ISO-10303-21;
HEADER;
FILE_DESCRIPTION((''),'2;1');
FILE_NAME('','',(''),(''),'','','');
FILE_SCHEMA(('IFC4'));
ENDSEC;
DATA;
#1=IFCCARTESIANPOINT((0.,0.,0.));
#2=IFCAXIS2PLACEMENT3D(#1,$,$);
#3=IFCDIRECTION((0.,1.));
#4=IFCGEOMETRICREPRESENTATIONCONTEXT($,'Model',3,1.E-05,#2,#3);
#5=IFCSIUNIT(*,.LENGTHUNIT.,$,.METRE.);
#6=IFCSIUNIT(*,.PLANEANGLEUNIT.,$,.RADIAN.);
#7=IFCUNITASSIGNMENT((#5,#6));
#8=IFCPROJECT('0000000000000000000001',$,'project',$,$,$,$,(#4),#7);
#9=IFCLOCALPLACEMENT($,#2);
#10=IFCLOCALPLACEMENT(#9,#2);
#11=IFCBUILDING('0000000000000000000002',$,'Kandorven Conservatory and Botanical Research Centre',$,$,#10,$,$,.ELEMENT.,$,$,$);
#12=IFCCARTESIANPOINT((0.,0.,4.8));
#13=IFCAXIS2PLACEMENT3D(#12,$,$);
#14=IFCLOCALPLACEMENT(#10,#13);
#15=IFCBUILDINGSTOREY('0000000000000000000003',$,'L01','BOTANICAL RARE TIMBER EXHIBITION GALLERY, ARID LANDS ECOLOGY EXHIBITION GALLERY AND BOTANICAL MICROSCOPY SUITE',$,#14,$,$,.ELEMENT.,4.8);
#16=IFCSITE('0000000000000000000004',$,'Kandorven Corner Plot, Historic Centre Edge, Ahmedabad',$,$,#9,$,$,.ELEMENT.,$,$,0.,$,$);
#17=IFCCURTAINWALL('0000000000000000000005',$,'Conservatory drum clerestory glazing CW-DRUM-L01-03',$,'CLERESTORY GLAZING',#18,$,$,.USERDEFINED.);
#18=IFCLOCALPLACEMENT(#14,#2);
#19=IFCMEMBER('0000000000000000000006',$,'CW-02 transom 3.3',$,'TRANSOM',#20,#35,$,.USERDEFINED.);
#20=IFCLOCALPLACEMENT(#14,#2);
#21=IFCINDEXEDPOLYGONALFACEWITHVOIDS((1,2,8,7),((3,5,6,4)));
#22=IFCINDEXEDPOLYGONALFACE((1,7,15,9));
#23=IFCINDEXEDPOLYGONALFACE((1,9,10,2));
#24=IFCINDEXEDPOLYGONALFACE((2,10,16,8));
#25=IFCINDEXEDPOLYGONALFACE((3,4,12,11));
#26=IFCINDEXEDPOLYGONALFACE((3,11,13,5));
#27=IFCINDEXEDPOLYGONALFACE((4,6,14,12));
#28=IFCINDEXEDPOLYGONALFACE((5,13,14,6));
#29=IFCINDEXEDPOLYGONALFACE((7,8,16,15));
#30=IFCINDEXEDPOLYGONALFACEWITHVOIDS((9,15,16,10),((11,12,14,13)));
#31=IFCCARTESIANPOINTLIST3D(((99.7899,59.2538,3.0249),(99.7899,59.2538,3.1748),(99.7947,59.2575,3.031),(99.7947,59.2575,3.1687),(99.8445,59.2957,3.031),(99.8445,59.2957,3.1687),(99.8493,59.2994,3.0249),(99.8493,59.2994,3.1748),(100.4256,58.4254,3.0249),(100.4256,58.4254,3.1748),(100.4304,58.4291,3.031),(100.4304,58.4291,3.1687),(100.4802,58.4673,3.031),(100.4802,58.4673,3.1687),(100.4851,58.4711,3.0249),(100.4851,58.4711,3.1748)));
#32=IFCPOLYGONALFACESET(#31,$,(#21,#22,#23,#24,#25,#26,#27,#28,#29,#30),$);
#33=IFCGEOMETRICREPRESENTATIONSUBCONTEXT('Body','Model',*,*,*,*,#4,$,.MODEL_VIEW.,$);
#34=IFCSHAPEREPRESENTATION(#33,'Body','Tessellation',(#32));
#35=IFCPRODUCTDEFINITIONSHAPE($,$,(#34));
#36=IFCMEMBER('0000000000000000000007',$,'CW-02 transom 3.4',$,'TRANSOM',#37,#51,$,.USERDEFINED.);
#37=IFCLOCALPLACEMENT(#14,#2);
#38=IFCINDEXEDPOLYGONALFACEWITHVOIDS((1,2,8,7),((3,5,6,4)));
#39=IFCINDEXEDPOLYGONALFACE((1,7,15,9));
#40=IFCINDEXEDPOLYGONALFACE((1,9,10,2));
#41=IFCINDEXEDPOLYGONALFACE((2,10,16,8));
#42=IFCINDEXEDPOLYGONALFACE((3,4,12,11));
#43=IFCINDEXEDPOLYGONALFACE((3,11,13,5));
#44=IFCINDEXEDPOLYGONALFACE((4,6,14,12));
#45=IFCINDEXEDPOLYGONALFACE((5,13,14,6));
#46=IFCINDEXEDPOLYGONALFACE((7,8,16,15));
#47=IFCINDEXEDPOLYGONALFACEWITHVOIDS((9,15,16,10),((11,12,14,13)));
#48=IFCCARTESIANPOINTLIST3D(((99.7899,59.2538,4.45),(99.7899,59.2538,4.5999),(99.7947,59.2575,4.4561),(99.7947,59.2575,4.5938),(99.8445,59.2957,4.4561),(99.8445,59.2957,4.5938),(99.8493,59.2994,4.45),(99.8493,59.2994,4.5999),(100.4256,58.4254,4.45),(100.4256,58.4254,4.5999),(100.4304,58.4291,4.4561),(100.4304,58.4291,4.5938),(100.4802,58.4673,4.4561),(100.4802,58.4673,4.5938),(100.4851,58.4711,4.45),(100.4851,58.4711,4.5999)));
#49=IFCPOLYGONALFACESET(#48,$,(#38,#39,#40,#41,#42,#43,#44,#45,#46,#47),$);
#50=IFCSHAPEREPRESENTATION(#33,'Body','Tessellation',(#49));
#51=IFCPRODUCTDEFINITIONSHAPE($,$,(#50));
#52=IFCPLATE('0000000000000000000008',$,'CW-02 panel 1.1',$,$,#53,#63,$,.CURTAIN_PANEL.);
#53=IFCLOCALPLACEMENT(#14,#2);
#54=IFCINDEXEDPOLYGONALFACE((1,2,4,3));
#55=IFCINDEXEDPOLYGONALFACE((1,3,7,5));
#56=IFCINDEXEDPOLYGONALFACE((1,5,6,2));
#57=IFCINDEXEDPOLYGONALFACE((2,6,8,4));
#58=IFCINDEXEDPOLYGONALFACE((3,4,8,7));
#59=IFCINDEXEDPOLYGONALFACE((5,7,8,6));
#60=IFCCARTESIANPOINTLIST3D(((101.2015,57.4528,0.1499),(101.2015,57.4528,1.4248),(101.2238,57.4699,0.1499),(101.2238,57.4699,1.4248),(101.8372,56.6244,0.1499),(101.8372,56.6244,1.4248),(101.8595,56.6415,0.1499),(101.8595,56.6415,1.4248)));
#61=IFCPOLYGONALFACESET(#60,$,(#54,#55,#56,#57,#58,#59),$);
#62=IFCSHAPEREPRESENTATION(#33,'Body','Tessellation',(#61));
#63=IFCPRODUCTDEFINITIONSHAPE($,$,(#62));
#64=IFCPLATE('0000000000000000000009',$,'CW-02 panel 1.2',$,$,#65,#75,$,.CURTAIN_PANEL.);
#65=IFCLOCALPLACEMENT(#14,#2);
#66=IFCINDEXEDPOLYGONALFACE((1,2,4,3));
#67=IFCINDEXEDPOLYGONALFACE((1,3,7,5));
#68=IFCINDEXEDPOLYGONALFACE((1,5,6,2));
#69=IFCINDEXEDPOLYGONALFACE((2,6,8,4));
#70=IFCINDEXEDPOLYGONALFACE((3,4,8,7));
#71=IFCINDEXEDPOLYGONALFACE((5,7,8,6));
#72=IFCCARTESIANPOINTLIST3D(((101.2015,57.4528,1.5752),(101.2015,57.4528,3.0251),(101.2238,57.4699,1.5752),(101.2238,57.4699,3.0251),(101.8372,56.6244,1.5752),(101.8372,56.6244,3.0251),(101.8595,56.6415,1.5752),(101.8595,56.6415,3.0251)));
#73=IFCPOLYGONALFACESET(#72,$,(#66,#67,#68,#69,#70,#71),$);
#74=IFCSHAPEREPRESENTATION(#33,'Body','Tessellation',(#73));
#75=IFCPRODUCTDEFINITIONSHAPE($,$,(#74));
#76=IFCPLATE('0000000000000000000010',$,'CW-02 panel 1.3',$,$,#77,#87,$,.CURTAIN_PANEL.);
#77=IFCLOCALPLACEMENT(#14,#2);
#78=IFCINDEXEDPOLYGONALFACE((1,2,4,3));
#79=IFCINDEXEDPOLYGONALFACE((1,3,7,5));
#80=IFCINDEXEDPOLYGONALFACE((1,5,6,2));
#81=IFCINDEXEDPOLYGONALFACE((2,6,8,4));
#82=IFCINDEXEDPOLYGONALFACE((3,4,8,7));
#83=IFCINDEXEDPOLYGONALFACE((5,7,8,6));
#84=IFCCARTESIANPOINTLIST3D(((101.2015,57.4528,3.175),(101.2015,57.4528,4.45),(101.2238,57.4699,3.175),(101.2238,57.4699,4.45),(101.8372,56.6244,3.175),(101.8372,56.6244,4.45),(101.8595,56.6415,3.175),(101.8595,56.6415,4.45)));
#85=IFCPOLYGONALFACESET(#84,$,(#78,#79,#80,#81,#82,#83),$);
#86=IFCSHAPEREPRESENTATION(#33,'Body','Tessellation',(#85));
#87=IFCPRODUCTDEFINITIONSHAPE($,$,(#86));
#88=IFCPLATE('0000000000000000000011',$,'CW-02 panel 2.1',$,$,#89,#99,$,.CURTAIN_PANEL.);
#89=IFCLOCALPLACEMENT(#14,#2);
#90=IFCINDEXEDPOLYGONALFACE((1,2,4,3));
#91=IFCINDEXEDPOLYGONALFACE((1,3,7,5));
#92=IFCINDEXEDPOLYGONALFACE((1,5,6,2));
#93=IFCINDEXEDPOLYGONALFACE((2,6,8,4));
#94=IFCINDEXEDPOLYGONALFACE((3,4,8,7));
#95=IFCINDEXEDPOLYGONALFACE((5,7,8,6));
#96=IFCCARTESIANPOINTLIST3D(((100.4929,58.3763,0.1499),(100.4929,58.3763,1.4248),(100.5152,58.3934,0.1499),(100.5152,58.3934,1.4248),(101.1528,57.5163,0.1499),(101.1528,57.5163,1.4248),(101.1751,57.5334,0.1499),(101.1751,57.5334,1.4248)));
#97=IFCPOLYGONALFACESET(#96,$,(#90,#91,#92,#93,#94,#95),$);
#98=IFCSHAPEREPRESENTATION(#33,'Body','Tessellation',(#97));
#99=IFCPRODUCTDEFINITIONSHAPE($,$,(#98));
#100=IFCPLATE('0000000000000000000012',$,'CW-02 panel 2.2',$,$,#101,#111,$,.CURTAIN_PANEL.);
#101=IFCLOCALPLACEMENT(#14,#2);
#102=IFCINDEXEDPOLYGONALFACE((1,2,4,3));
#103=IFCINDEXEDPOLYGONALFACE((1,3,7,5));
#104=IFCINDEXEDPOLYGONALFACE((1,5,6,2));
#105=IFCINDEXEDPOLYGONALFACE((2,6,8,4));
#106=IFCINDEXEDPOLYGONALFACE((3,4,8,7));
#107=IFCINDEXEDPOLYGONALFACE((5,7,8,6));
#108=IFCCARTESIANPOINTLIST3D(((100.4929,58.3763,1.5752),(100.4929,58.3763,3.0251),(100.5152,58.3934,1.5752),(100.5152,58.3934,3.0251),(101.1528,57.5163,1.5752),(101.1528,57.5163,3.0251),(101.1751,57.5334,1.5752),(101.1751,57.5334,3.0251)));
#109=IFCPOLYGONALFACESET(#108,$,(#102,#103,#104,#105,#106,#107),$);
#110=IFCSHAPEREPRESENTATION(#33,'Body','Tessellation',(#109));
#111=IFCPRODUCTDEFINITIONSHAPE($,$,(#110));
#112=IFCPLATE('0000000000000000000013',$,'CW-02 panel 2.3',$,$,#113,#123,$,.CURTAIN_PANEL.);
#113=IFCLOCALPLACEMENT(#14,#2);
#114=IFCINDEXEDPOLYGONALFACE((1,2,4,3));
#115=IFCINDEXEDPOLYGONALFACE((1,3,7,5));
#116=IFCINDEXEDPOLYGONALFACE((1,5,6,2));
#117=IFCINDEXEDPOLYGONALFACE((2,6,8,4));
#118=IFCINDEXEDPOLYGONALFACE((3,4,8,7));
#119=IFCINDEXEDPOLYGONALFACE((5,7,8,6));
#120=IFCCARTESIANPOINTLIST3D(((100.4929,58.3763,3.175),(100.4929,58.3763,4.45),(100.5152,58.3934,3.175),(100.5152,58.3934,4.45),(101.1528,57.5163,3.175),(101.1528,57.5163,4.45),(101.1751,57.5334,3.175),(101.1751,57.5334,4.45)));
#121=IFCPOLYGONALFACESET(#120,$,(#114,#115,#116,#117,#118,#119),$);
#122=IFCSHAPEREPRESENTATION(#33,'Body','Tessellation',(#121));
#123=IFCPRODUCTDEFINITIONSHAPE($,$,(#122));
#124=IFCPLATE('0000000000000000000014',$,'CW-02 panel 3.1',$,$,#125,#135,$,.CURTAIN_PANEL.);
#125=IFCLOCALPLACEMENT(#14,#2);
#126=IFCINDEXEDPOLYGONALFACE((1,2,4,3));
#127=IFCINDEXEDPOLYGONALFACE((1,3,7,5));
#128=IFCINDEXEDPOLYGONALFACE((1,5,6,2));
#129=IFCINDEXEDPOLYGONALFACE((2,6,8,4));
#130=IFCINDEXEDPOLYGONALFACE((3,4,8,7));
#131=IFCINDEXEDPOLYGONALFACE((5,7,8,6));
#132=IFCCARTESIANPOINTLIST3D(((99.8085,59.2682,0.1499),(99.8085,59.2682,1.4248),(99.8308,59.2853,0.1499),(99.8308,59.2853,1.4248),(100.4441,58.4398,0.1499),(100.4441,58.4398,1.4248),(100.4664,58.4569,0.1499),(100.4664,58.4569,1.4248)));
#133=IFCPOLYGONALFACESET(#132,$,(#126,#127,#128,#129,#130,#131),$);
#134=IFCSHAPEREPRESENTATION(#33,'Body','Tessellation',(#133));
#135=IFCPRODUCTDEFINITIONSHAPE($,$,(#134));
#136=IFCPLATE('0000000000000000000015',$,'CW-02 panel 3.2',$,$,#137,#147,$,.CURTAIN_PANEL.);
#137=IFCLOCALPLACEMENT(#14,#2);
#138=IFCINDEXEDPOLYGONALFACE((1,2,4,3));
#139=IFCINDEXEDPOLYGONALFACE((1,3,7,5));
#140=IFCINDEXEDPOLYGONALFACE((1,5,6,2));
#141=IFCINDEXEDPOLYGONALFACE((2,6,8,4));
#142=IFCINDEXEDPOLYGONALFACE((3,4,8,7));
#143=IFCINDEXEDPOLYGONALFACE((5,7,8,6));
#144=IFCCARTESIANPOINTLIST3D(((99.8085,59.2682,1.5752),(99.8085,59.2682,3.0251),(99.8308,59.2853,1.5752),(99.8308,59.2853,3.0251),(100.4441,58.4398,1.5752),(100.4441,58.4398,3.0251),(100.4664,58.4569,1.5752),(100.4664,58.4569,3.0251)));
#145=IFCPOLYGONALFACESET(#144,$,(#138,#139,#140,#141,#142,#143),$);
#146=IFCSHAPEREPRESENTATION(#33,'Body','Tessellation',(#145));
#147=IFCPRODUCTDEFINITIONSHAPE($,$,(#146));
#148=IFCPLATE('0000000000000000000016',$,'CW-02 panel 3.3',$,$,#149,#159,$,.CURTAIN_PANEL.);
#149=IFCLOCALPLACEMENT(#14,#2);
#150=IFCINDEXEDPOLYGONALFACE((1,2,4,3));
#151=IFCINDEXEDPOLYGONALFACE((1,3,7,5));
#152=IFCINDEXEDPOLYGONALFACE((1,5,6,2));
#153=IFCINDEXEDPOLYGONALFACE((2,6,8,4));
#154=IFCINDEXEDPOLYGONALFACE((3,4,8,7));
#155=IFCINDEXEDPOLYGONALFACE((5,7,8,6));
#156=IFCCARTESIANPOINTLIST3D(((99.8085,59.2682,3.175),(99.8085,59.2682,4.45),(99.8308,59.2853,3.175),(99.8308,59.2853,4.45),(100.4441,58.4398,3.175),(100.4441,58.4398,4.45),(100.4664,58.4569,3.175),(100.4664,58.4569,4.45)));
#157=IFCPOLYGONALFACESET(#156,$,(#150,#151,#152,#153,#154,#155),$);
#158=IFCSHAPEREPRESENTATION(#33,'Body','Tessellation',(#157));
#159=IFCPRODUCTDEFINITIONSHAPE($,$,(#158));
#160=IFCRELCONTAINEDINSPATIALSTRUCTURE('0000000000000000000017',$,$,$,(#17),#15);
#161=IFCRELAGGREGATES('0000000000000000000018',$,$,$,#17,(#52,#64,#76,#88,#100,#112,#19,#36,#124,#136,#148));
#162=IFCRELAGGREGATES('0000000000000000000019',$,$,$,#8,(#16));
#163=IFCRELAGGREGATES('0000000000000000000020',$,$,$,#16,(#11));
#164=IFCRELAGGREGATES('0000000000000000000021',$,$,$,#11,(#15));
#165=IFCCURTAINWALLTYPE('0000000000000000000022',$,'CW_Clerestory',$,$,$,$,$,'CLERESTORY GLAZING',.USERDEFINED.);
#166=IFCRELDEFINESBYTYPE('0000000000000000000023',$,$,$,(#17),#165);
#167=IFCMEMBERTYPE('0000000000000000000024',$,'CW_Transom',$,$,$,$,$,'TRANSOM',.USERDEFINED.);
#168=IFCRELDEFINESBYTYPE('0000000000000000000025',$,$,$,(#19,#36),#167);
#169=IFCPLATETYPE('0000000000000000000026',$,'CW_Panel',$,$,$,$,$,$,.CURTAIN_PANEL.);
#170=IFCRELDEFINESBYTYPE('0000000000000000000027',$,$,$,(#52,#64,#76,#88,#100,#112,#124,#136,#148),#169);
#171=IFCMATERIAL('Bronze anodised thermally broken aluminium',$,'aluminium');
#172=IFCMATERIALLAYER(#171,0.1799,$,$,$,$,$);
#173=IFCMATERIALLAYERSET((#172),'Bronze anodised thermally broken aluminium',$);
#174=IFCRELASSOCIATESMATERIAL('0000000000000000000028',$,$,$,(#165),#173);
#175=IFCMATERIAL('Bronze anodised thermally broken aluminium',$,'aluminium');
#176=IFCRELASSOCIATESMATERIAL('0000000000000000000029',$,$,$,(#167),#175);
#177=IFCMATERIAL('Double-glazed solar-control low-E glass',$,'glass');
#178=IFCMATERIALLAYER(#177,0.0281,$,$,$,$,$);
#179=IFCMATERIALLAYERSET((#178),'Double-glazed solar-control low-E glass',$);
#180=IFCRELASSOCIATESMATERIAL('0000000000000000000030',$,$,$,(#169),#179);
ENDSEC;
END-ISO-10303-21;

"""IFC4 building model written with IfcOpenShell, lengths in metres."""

from ifc_helpers import new_model, si_unit, direction, frame, origin, origin_2d, place, context, subcontext, project, spatial, rectangle, hollow_rectangle, extrude, material, layer, layer_set, material_profile, profile_set, type_object, element, aggregate, save


model = new_model("IFC4")

# Units and contexts
model_context = context("Model", 3, precision=1e-05, world=origin(), true_north=direction((0.0, 1.0)))
body_context = subcontext(model_context, "Body", "Model", "MODEL_VIEW")
ifc_project = project(units=[si_unit("LENGTHUNIT", "METRE"), si_unit("PLANEANGLEUNIT", "RADIAN")], contexts=[model_context])

# Site, building, storey
site_placement = place(None, origin())
site = spatial("IfcSite", under=ifc_project, at=site_placement, Name="Kandorven Corner Plot, Historic Centre Edge, Ahmedabad", CompositionType="ELEMENT", RefElevation=0.0)
building_placement = place(site_placement, origin())
building = spatial("IfcBuilding", under=site, at=building_placement, Name="Kandorven Conservatory and Botanical Research Centre", CompositionType="ELEMENT")
storey_placement = place(building_placement, frame((0.0, 0.0, 4.8)))
storey = spatial("IfcBuildingStorey", under=building, at=storey_placement, Name="L01", Description="BOTANICAL RARE TIMBER EXHIBITION GALLERY, ARID LANDS ECOLOGY EXHIBITION GALLERY AND BOTANICAL MICROSCOPY SUITE", CompositionType="ELEMENT", Elevation=4.8)

# Curtain wall
ifc_material_1 = material(Name="Bronze anodised thermally broken aluminium", Category="aluminium")
ifc_layer_1 = layer(ifc_material_1, 0.1799)
ifc_layer_set_1 = layer_set([ifc_layer_1], Name="Bronze anodised thermally broken aluminium")
curtain_wall_type = type_object("IfcCurtainWallType", Name="CW_Clerestory", ElementType="CLERESTORY GLAZING", PredefinedType="USERDEFINED", material=ifc_layer_set_1)
curtain_wall_1_placement = place(storey_placement, origin())
curtain_wall_1 = element("IfcCurtainWall", 1, at=curtain_wall_1_placement, inside=storey, type_object=curtain_wall_type, Name="Conservatory drum clerestory glazing CW-DRUM-L01-03", ObjectType="CLERESTORY GLAZING", PredefinedType="USERDEFINED")

# Members
ifc_material_2 = material(Name="Bronze anodised thermally broken aluminium", Category="aluminium")
ifc_material_profile_1 = material_profile(ifc_material_2, hollow_rectangle(XDim=0.075, YDim=0.1499, WallThickness=0.0061, at=origin_2d()))
ifc_profile_set_1 = profile_set([ifc_material_profile_1], Name="Bronze anodised thermally broken aluminium")
member_type_1 = type_object("IfcMemberType", Name="CW_Transom", ElementType="TRANSOM", PredefinedType="USERDEFINED", material=ifc_profile_set_1)
member_1_placement = place(storey_placement, frame((100.4553, 58.4482, 3.0999), z_axis=(-0.608829, 0.793301, 0.0), x_axis=(-0.793301, -0.608829, 0.0)))
member_1 = element("IfcMember", 2, at=member_1_placement, type_object=member_type_1, Name="CW-02 transom 3.3", ObjectType="TRANSOM", PredefinedType="USERDEFINED", context=body_context, shape_type="SweptSolid", body=[
    extrude(hollow_rectangle(XDim=0.075, YDim=0.1499, WallThickness=0.0061, at=origin_2d()), origin(), (0.0, 0.0, 1.0), 1.0442),
])
member_2_placement = place(storey_placement, frame((100.4553, 58.4482, 4.5249), z_axis=(-0.608829, 0.793301, 0.0), x_axis=(-0.793301, -0.608829, 0.0)))
member_2 = element("IfcMember", 3, at=member_2_placement, type_object=member_type_1, Name="CW-02 transom 3.4", ObjectType="TRANSOM", PredefinedType="USERDEFINED", context=body_context, shape_type="SweptSolid", body=[
    extrude(hollow_rectangle(XDim=0.075, YDim=0.1499, WallThickness=0.0061, at=origin_2d()), origin(), (0.0, 0.0, 1.0), 1.0442),
])

# Plates
ifc_material_3 = material(Name="Double-glazed solar-control low-E glass", Category="glass")
ifc_layer_2 = layer(ifc_material_3, 0.0281)
ifc_layer_set_2 = layer_set([ifc_layer_2], Name="Double-glazed solar-control low-E glass")
plate_type = type_object("IfcPlateType", Name="CW_Panel", PredefinedType="CURTAIN_PANEL", material=ifc_layer_set_2)
plate_1_placement = place(storey_placement, frame((101.5305, 57.0471, 0.1499), z_axis=(0.0, 0.0, 1.0), x_axis=(-0.608769, 0.793347, 0.0)))
plate_1 = element("IfcPlate", 4, at=plate_1_placement, type_object=plate_type, Name="CW-02 panel 1.1", PredefinedType="CURTAIN_PANEL", context=body_context, shape_type="SweptSolid", body=[
    extrude(rectangle(XDim=1.0442, YDim=0.0281, at=origin_2d()), origin(), (0.0, 0.0, 1.0), 1.2749),
])
plate_2_placement = place(storey_placement, frame((101.5305, 57.0471, 1.5752), z_axis=(0.0, 0.0, 1.0), x_axis=(-0.608769, 0.793347, 0.0)))
plate_2 = element("IfcPlate", 5, at=plate_2_placement, type_object=plate_type, Name="CW-02 panel 1.2", PredefinedType="CURTAIN_PANEL", context=body_context, shape_type="SweptSolid", body=[
    extrude(rectangle(XDim=1.0442, YDim=0.0281, at=origin_2d()), origin(), (0.0, 0.0, 1.0), 1.45),
])
plate_3_placement = place(storey_placement, frame((101.5305, 57.0471, 3.175), z_axis=(0.0, 0.0, 1.0), x_axis=(-0.608769, 0.793347, 0.0)))
plate_3 = element("IfcPlate", 6, at=plate_3_placement, type_object=plate_type, Name="CW-02 panel 1.3", PredefinedType="CURTAIN_PANEL", context=body_context, shape_type="SweptSolid", body=[
    extrude(rectangle(XDim=1.0442, YDim=0.0281, at=origin_2d()), origin(), (0.0, 0.0, 1.0), 1.2749),
])
plate_4_placement = place(storey_placement, frame((100.834, 57.9548, 0.1499), z_axis=(0.0, 0.0, 1.0), x_axis=(-0.608769, 0.793347, 0.0)))
plate_4 = element("IfcPlate", 7, at=plate_4_placement, type_object=plate_type, Name="CW-02 panel 2.1", PredefinedType="CURTAIN_PANEL", context=body_context, shape_type="SweptSolid", body=[
    extrude(rectangle(XDim=1.084, YDim=0.0281, at=origin_2d()), origin(), (0.0, 0.0, 1.0), 1.2749),
])
plate_5_placement = place(storey_placement, frame((100.834, 57.9548, 1.5752), z_axis=(0.0, 0.0, 1.0), x_axis=(-0.608769, 0.793347, 0.0)))
plate_5 = element("IfcPlate", 8, at=plate_5_placement, type_object=plate_type, Name="CW-02 panel 2.2", PredefinedType="CURTAIN_PANEL", context=body_context, shape_type="SweptSolid", body=[
    extrude(rectangle(XDim=1.084, YDim=0.0281, at=origin_2d()), origin(), (0.0, 0.0, 1.0), 1.45),
])
plate_6_placement = place(storey_placement, frame((100.834, 57.9548, 3.175), z_axis=(0.0, 0.0, 1.0), x_axis=(-0.608769, 0.793347, 0.0)))
plate_6 = element("IfcPlate", 9, at=plate_6_placement, type_object=plate_type, Name="CW-02 panel 2.3", PredefinedType="CURTAIN_PANEL", context=body_context, shape_type="SweptSolid", body=[
    extrude(rectangle(XDim=1.084, YDim=0.0281, at=origin_2d()), origin(), (0.0, 0.0, 1.0), 1.2749),
])
plate_7_placement = place(storey_placement, frame((100.1375, 58.8625, 0.1499), z_axis=(0.0, 0.0, 1.0), x_axis=(-0.608769, 0.793347, 0.0)))
plate_7 = element("IfcPlate", 10, at=plate_7_placement, type_object=plate_type, Name="CW-02 panel 3.1", PredefinedType="CURTAIN_PANEL", context=body_context, shape_type="SweptSolid", body=[
    extrude(rectangle(XDim=1.0442, YDim=0.0281, at=origin_2d()), origin(), (0.0, 0.0, 1.0), 1.2749),
])
plate_8_placement = place(storey_placement, frame((100.1375, 58.8625, 1.5752), z_axis=(0.0, 0.0, 1.0), x_axis=(-0.608769, 0.793347, 0.0)))
plate_8 = element("IfcPlate", 11, at=plate_8_placement, type_object=plate_type, Name="CW-02 panel 3.2", PredefinedType="CURTAIN_PANEL", context=body_context, shape_type="SweptSolid", body=[
    extrude(rectangle(XDim=1.0442, YDim=0.0281, at=origin_2d()), origin(), (0.0, 0.0, 1.0), 1.45),
])
plate_9_placement = place(storey_placement, frame((100.1375, 58.8625, 3.175), z_axis=(0.0, 0.0, 1.0), x_axis=(-0.608769, 0.793347, 0.0)))
plate_9 = element("IfcPlate", 12, at=plate_9_placement, type_object=plate_type, Name="CW-02 panel 3.3", PredefinedType="CURTAIN_PANEL", context=body_context, shape_type="SweptSolid", body=[
    extrude(rectangle(XDim=1.0442, YDim=0.0281, at=origin_2d()), origin(), (0.0, 0.0, 1.0), 1.2749),
])
aggregate(curtain_wall_1, [plate_1, plate_2, plate_3, plate_4, plate_5, plate_6, member_1, member_2, plate_7, plate_8, plate_9])

save(model, "model.ifc")
